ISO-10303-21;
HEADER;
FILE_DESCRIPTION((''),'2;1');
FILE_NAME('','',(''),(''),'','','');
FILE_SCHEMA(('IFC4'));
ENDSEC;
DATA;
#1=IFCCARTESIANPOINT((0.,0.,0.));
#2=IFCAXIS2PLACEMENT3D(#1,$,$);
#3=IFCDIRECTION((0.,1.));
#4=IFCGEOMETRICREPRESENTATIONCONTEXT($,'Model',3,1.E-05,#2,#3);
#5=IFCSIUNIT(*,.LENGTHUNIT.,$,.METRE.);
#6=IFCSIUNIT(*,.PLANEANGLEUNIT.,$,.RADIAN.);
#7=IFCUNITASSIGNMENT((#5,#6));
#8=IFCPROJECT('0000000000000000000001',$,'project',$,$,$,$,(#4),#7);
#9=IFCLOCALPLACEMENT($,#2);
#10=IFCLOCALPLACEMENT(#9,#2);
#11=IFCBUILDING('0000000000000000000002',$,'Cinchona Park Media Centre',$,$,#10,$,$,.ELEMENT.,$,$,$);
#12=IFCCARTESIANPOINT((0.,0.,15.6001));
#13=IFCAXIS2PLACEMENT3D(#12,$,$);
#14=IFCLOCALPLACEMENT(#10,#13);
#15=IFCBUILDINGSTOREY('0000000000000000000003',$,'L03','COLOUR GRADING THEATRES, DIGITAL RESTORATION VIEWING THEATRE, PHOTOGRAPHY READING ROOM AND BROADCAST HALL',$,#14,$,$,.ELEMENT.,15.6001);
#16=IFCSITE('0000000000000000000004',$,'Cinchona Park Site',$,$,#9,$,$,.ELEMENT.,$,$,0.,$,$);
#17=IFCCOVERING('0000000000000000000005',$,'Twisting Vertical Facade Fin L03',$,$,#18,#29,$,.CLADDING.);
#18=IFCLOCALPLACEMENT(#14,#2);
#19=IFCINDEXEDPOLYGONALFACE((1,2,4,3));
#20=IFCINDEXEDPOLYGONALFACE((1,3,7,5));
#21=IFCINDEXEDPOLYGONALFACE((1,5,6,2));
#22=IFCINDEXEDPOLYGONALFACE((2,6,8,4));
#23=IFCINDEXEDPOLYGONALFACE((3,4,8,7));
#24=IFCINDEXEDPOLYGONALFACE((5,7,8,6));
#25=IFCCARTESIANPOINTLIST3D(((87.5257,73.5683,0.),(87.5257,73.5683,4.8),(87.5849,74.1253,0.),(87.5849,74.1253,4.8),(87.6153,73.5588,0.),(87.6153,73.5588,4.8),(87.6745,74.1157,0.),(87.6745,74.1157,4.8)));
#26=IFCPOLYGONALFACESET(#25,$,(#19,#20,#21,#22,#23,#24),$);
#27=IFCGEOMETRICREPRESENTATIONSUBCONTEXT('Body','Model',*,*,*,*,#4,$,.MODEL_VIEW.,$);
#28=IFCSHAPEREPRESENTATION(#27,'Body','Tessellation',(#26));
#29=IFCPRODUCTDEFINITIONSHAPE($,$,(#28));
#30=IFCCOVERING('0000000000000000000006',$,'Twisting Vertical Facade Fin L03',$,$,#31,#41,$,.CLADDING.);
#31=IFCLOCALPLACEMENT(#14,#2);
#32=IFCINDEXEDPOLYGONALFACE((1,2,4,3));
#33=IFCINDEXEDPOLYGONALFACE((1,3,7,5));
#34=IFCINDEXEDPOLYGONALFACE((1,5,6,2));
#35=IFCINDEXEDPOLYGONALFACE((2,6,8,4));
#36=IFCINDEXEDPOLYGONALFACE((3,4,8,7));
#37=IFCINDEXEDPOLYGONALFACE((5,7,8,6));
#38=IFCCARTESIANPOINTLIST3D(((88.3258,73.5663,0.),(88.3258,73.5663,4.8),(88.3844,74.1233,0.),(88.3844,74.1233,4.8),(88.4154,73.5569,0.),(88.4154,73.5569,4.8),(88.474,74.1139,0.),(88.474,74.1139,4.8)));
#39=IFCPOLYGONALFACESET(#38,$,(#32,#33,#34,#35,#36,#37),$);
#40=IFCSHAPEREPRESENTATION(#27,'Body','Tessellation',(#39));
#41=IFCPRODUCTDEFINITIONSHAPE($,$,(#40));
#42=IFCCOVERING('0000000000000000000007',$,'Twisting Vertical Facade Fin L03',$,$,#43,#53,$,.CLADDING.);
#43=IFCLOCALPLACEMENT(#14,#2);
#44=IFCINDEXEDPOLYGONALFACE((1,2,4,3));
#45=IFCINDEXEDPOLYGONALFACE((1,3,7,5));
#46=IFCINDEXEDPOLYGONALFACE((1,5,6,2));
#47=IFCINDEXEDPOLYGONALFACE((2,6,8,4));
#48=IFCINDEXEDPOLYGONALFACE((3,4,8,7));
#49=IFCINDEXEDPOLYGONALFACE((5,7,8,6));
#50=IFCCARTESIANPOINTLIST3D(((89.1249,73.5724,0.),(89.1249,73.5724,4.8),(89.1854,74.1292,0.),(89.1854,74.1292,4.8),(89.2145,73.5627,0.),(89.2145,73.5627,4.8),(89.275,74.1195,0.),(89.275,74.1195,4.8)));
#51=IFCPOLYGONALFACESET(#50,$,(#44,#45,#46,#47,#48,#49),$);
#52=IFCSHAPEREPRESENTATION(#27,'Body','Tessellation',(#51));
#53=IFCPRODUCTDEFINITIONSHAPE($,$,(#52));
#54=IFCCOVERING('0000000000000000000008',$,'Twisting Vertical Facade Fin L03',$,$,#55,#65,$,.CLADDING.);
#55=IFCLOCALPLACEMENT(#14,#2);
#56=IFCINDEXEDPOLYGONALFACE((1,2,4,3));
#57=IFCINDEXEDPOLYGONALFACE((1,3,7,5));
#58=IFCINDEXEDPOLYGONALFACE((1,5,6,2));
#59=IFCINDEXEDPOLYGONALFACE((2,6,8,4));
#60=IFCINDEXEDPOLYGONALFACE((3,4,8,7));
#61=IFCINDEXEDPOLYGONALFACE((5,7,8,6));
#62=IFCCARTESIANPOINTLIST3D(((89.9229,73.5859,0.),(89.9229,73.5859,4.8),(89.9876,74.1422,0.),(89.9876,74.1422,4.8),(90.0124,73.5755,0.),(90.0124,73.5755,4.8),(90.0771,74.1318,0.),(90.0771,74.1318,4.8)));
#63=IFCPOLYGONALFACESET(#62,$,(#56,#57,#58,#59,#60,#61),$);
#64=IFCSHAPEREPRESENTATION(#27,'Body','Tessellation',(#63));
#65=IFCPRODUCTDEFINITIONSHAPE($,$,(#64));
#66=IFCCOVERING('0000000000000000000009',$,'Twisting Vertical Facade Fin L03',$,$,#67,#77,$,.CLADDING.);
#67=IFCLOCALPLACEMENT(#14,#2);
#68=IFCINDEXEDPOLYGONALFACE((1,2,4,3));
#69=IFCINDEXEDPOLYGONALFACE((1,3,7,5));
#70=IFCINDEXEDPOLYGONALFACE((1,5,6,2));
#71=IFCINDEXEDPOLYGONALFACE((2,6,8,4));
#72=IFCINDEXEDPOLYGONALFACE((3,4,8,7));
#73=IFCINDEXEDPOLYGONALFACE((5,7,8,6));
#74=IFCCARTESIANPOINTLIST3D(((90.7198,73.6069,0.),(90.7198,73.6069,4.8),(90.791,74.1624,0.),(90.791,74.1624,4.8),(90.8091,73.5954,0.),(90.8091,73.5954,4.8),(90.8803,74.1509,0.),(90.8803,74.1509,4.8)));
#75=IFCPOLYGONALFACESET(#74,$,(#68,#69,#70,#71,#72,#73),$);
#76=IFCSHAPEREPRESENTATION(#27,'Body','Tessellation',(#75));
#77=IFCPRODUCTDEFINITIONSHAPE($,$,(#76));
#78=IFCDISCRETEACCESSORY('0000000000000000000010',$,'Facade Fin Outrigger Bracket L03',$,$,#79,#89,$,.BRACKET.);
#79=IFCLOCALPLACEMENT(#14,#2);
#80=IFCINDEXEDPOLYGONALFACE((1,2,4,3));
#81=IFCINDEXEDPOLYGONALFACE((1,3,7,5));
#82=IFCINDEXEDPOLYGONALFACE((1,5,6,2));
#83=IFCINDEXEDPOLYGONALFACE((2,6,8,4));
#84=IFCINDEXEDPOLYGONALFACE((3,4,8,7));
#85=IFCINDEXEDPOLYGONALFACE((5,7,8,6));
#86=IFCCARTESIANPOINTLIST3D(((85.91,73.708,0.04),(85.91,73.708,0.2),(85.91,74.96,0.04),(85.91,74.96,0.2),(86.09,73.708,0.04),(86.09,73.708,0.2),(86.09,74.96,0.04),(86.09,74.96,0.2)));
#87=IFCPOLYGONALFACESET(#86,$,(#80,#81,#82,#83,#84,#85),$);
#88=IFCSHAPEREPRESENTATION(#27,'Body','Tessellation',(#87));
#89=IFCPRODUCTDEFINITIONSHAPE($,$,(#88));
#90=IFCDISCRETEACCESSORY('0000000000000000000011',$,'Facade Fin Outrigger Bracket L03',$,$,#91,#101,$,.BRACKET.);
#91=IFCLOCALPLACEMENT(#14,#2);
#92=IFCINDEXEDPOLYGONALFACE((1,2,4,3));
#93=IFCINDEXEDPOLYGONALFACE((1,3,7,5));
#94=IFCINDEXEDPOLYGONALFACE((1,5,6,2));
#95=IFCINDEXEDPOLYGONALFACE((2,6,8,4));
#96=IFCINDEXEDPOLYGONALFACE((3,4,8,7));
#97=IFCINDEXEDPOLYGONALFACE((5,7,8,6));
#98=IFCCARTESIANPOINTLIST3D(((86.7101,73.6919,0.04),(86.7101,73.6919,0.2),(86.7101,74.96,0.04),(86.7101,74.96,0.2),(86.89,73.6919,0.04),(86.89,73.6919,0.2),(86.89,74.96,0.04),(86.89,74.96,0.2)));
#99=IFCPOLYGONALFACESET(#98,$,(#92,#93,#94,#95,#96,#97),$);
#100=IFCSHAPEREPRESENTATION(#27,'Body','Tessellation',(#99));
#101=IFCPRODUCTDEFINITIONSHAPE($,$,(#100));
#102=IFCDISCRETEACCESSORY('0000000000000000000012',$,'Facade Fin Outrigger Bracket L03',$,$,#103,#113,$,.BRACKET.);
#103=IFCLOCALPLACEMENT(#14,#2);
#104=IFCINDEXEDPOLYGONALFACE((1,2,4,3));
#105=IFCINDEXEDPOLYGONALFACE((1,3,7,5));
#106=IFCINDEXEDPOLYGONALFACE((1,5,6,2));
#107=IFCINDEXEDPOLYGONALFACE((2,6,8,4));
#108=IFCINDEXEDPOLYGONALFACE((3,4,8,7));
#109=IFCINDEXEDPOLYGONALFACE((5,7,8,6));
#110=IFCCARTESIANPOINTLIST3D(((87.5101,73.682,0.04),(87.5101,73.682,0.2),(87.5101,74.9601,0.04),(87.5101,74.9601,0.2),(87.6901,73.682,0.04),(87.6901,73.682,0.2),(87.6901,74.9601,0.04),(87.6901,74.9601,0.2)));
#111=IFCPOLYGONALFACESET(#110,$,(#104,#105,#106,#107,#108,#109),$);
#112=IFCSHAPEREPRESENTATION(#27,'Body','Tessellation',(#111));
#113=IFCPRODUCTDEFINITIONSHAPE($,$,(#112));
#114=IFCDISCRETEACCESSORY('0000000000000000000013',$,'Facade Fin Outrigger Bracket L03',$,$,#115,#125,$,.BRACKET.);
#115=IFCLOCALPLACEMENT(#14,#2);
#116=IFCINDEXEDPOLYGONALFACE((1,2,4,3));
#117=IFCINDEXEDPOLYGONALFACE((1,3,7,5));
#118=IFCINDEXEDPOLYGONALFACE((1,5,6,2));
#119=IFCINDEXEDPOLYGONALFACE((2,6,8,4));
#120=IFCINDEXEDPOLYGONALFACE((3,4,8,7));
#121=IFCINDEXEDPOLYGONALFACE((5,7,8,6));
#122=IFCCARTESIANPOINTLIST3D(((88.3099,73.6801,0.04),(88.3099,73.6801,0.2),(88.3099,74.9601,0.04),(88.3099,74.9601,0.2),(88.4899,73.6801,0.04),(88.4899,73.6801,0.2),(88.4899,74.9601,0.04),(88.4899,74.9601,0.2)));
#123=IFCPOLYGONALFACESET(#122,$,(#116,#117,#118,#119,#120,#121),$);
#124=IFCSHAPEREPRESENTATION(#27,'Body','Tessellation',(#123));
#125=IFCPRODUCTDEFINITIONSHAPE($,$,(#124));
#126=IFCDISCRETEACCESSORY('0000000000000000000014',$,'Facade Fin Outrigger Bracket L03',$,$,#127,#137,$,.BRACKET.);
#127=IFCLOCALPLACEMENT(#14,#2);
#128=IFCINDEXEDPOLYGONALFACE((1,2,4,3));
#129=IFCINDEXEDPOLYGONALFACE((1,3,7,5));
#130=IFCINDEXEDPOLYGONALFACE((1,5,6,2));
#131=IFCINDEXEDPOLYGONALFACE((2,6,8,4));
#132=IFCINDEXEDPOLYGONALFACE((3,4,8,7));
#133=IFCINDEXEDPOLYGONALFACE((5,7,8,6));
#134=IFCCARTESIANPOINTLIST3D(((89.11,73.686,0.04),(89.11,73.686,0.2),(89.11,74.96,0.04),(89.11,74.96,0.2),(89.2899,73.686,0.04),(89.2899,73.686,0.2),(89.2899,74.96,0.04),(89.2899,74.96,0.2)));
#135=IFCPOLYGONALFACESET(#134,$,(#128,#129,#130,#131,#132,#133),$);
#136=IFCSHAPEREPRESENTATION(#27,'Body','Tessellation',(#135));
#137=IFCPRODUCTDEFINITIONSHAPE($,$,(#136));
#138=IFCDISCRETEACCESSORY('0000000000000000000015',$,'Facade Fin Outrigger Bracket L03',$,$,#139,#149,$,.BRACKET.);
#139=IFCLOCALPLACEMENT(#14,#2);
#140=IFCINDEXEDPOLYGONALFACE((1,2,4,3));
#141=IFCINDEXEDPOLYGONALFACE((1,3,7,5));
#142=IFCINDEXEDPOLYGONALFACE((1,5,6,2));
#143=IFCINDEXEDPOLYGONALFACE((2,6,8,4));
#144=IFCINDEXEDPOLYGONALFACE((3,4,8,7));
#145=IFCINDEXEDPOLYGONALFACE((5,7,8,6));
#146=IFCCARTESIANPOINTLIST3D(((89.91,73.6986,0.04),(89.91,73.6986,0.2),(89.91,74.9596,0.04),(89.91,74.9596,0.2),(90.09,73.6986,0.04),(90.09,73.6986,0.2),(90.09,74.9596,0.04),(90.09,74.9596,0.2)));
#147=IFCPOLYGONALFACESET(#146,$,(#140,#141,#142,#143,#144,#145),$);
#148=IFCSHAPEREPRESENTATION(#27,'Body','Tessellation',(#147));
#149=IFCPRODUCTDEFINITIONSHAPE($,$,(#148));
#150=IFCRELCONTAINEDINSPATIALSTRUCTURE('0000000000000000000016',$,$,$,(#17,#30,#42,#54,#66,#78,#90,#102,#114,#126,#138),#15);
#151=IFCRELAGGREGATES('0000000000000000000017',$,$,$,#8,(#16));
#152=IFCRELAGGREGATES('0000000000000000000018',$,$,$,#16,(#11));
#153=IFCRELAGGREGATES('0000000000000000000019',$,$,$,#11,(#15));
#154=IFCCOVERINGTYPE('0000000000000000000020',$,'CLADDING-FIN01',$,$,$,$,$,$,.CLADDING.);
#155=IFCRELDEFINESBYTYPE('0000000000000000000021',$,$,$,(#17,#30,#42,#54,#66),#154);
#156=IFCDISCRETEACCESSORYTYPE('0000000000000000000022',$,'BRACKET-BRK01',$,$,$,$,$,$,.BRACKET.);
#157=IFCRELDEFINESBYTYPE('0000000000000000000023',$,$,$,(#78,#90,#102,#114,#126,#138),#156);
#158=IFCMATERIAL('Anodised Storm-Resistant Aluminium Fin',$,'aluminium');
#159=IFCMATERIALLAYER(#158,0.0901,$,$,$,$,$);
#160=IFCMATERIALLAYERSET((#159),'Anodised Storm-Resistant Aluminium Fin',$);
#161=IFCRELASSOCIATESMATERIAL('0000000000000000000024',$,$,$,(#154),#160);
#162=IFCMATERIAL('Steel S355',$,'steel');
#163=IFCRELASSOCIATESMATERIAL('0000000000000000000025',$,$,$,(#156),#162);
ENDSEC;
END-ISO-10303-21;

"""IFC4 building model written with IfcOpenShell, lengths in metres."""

from ifc_helpers import new_model, si_unit, direction, frame, origin, origin_2d, place, context, subcontext, project, spatial, rectangle, extrude, material, layer, layer_set, type_object, element, save


model = new_model("IFC4")

# Units and contexts
model_context = context("Model", 3, precision=1e-05, world=origin(), true_north=direction((0.0, 1.0)))
body_context = subcontext(model_context, "Body", "Model", "MODEL_VIEW")
ifc_project = project(units=[si_unit("LENGTHUNIT", "METRE"), si_unit("PLANEANGLEUNIT", "RADIAN")], contexts=[model_context])

# Site, building, storey
site_placement = place(None, origin())
site = spatial("IfcSite", under=ifc_project, at=site_placement, Name="Cinchona Park Site", CompositionType="ELEMENT", RefElevation=0.0)
building_placement = place(site_placement, origin())
building = spatial("IfcBuilding", under=site, at=building_placement, Name="Cinchona Park Media Centre", CompositionType="ELEMENT")
storey_placement = place(building_placement, frame((0.0, 0.0, 15.6001)))
storey = spatial("IfcBuildingStorey", under=building, at=storey_placement, Name="L03", Description="COLOUR GRADING THEATRES, DIGITAL RESTORATION VIEWING THEATRE, PHOTOGRAPHY READING ROOM AND BROADCAST HALL", CompositionType="ELEMENT", Elevation=15.6001)

# Coverings
ifc_material_1 = material(Name="Anodised Storm-Resistant Aluminium Fin", Category="aluminium")
ifc_layer_1 = layer(ifc_material_1, 0.0901)
ifc_layer_set_1 = layer_set([ifc_layer_1], Name="Anodised Storm-Resistant Aluminium Fin")
covering_type = type_object("IfcCoveringType", Name="CLADDING-FIN01", PredefinedType="CLADDING", material=ifc_layer_set_1)
for number, where, z_axis, x_axis, name in (
    (1, (87.6001, 73.842, 0.0), (0.0, 0.0, 1.0), (0.105743, 0.994393, 0.0), "Twisting Vertical Facade Fin L03"),
    (2, (88.3999, 73.8401, 0.0), (0.0, 0.0, 1.0), (0.104702, 0.994504, 0.0), "Twisting Vertical Facade Fin L03"),
    (3, (89.2, 73.8459, 0.0), (0.0, 0.0, 1.0), (0.107999, 0.994151, 0.0), "Twisting Vertical Facade Fin L03"),
    (4, (90.0, 73.8589, 0.0), (0.0, 0.0, 1.0), (0.115457, 0.993312, 0.0), "Twisting Vertical Facade Fin L03"),
    (5, (90.8, 73.8789, 0.0), (0.0, 0.0, 1.0), (0.127065, 0.991894, 0.0), "Twisting Vertical Facade Fin L03"),
):
    element("IfcCovering", number, at=place(storey_placement, frame(where, z_axis=z_axis, x_axis=x_axis)), inside=storey, type_object=covering_type, Name=name, PredefinedType="CLADDING", context=body_context, shape_type="SweptSolid", body=[
        extrude(rectangle(XDim=0.5601, YDim=0.0901, at=origin_2d()), origin(), (0.0, 0.0, 1.0), 4.8),
    ])

# Discrete accessories
ifc_material_2 = material(Name="Steel S355", Category="steel")
discrete_accessory_type = type_object("IfcDiscreteAccessoryType", Name="BRACKET-BRK01", PredefinedType="BRACKET", material=ifc_material_2)
discrete_accessory_1_placement = place(storey_placement, frame((86.0, 74.334, 0.04), z_axis=(0.0, 0.0, 1.0), x_axis=(1.0, 0.0, 0.0)))
element("IfcDiscreteAccessory", 6, at=discrete_accessory_1_placement, inside=storey, type_object=discrete_accessory_type, Name="Facade Fin Outrigger Bracket L03", PredefinedType="BRACKET", context=body_context, shape_type="SweptSolid", body=[
    extrude(rectangle(XDim=0.1799, YDim=1.252, at=origin_2d()), origin(), (0.0, 0.0, 1.0), 0.1599),
])
discrete_accessory_2_placement = place(storey_placement, frame((86.8, 74.3259, 0.04), z_axis=(0.0, 0.0, 1.0), x_axis=(1.0, 0.0, 0.0)))
element("IfcDiscreteAccessory", 7, at=discrete_accessory_2_placement, inside=storey, type_object=discrete_accessory_type, Name="Facade Fin Outrigger Bracket L03", PredefinedType="BRACKET", context=body_context, shape_type="SweptSolid", body=[
    extrude(rectangle(XDim=0.1799, YDim=1.2681, at=origin_2d()), origin(), (0.0, 0.0, 1.0), 0.1599),
])
discrete_accessory_3_placement = place(storey_placement, frame((87.6001, 74.321, 0.04), z_axis=(0.0, 0.0, 1.0), x_axis=(1.0, 0.0, 0.0)))
element("IfcDiscreteAccessory", 8, at=discrete_accessory_3_placement, inside=storey, type_object=discrete_accessory_type, Name="Facade Fin Outrigger Bracket L03", PredefinedType="BRACKET", context=body_context, shape_type="SweptSolid", body=[
    extrude(rectangle(XDim=0.1799, YDim=1.2781, at=origin_2d()), origin(), (0.0, 0.0, 1.0), 0.1599),
])
discrete_accessory_4_placement = place(storey_placement, frame((88.3999, 74.3201, 0.04), z_axis=(0.0, 0.0, 1.0), x_axis=(1.0, 0.0, 0.0)))
element("IfcDiscreteAccessory", 9, at=discrete_accessory_4_placement, inside=storey, type_object=discrete_accessory_type, Name="Facade Fin Outrigger Bracket L03", PredefinedType="BRACKET", context=body_context, shape_type="SweptSolid", body=[
    extrude(rectangle(XDim=0.1799, YDim=1.28, at=origin_2d()), origin(), (0.0, 0.0, 1.0), 0.1599),
])
discrete_accessory_5_placement = place(storey_placement, frame((89.2, 74.323, 0.04), z_axis=(0.0, 0.0, 1.0), x_axis=(1.0, 0.0, 0.0)))
element("IfcDiscreteAccessory", 10, at=discrete_accessory_5_placement, inside=storey, type_object=discrete_accessory_type, Name="Facade Fin Outrigger Bracket L03", PredefinedType="BRACKET", context=body_context, shape_type="SweptSolid", body=[
    extrude(rectangle(XDim=0.1799, YDim=1.2739, at=origin_2d()), origin(), (0.0, 0.0, 1.0), 0.1599),
])
discrete_accessory_6_placement = place(storey_placement, frame((90.0, 74.3291, 0.04), z_axis=(0.0, 0.0, 1.0), x_axis=(1.0, 0.0, 0.0)))
element("IfcDiscreteAccessory", 11, at=discrete_accessory_6_placement, inside=storey, type_object=discrete_accessory_type, Name="Facade Fin Outrigger Bracket L03", PredefinedType="BRACKET", context=body_context, shape_type="SweptSolid", body=[
    extrude(rectangle(XDim=0.1799, YDim=1.261, at=origin_2d()), origin(), (0.0, 0.0, 1.0), 0.1599),
])

save(model, "model.ifc")
